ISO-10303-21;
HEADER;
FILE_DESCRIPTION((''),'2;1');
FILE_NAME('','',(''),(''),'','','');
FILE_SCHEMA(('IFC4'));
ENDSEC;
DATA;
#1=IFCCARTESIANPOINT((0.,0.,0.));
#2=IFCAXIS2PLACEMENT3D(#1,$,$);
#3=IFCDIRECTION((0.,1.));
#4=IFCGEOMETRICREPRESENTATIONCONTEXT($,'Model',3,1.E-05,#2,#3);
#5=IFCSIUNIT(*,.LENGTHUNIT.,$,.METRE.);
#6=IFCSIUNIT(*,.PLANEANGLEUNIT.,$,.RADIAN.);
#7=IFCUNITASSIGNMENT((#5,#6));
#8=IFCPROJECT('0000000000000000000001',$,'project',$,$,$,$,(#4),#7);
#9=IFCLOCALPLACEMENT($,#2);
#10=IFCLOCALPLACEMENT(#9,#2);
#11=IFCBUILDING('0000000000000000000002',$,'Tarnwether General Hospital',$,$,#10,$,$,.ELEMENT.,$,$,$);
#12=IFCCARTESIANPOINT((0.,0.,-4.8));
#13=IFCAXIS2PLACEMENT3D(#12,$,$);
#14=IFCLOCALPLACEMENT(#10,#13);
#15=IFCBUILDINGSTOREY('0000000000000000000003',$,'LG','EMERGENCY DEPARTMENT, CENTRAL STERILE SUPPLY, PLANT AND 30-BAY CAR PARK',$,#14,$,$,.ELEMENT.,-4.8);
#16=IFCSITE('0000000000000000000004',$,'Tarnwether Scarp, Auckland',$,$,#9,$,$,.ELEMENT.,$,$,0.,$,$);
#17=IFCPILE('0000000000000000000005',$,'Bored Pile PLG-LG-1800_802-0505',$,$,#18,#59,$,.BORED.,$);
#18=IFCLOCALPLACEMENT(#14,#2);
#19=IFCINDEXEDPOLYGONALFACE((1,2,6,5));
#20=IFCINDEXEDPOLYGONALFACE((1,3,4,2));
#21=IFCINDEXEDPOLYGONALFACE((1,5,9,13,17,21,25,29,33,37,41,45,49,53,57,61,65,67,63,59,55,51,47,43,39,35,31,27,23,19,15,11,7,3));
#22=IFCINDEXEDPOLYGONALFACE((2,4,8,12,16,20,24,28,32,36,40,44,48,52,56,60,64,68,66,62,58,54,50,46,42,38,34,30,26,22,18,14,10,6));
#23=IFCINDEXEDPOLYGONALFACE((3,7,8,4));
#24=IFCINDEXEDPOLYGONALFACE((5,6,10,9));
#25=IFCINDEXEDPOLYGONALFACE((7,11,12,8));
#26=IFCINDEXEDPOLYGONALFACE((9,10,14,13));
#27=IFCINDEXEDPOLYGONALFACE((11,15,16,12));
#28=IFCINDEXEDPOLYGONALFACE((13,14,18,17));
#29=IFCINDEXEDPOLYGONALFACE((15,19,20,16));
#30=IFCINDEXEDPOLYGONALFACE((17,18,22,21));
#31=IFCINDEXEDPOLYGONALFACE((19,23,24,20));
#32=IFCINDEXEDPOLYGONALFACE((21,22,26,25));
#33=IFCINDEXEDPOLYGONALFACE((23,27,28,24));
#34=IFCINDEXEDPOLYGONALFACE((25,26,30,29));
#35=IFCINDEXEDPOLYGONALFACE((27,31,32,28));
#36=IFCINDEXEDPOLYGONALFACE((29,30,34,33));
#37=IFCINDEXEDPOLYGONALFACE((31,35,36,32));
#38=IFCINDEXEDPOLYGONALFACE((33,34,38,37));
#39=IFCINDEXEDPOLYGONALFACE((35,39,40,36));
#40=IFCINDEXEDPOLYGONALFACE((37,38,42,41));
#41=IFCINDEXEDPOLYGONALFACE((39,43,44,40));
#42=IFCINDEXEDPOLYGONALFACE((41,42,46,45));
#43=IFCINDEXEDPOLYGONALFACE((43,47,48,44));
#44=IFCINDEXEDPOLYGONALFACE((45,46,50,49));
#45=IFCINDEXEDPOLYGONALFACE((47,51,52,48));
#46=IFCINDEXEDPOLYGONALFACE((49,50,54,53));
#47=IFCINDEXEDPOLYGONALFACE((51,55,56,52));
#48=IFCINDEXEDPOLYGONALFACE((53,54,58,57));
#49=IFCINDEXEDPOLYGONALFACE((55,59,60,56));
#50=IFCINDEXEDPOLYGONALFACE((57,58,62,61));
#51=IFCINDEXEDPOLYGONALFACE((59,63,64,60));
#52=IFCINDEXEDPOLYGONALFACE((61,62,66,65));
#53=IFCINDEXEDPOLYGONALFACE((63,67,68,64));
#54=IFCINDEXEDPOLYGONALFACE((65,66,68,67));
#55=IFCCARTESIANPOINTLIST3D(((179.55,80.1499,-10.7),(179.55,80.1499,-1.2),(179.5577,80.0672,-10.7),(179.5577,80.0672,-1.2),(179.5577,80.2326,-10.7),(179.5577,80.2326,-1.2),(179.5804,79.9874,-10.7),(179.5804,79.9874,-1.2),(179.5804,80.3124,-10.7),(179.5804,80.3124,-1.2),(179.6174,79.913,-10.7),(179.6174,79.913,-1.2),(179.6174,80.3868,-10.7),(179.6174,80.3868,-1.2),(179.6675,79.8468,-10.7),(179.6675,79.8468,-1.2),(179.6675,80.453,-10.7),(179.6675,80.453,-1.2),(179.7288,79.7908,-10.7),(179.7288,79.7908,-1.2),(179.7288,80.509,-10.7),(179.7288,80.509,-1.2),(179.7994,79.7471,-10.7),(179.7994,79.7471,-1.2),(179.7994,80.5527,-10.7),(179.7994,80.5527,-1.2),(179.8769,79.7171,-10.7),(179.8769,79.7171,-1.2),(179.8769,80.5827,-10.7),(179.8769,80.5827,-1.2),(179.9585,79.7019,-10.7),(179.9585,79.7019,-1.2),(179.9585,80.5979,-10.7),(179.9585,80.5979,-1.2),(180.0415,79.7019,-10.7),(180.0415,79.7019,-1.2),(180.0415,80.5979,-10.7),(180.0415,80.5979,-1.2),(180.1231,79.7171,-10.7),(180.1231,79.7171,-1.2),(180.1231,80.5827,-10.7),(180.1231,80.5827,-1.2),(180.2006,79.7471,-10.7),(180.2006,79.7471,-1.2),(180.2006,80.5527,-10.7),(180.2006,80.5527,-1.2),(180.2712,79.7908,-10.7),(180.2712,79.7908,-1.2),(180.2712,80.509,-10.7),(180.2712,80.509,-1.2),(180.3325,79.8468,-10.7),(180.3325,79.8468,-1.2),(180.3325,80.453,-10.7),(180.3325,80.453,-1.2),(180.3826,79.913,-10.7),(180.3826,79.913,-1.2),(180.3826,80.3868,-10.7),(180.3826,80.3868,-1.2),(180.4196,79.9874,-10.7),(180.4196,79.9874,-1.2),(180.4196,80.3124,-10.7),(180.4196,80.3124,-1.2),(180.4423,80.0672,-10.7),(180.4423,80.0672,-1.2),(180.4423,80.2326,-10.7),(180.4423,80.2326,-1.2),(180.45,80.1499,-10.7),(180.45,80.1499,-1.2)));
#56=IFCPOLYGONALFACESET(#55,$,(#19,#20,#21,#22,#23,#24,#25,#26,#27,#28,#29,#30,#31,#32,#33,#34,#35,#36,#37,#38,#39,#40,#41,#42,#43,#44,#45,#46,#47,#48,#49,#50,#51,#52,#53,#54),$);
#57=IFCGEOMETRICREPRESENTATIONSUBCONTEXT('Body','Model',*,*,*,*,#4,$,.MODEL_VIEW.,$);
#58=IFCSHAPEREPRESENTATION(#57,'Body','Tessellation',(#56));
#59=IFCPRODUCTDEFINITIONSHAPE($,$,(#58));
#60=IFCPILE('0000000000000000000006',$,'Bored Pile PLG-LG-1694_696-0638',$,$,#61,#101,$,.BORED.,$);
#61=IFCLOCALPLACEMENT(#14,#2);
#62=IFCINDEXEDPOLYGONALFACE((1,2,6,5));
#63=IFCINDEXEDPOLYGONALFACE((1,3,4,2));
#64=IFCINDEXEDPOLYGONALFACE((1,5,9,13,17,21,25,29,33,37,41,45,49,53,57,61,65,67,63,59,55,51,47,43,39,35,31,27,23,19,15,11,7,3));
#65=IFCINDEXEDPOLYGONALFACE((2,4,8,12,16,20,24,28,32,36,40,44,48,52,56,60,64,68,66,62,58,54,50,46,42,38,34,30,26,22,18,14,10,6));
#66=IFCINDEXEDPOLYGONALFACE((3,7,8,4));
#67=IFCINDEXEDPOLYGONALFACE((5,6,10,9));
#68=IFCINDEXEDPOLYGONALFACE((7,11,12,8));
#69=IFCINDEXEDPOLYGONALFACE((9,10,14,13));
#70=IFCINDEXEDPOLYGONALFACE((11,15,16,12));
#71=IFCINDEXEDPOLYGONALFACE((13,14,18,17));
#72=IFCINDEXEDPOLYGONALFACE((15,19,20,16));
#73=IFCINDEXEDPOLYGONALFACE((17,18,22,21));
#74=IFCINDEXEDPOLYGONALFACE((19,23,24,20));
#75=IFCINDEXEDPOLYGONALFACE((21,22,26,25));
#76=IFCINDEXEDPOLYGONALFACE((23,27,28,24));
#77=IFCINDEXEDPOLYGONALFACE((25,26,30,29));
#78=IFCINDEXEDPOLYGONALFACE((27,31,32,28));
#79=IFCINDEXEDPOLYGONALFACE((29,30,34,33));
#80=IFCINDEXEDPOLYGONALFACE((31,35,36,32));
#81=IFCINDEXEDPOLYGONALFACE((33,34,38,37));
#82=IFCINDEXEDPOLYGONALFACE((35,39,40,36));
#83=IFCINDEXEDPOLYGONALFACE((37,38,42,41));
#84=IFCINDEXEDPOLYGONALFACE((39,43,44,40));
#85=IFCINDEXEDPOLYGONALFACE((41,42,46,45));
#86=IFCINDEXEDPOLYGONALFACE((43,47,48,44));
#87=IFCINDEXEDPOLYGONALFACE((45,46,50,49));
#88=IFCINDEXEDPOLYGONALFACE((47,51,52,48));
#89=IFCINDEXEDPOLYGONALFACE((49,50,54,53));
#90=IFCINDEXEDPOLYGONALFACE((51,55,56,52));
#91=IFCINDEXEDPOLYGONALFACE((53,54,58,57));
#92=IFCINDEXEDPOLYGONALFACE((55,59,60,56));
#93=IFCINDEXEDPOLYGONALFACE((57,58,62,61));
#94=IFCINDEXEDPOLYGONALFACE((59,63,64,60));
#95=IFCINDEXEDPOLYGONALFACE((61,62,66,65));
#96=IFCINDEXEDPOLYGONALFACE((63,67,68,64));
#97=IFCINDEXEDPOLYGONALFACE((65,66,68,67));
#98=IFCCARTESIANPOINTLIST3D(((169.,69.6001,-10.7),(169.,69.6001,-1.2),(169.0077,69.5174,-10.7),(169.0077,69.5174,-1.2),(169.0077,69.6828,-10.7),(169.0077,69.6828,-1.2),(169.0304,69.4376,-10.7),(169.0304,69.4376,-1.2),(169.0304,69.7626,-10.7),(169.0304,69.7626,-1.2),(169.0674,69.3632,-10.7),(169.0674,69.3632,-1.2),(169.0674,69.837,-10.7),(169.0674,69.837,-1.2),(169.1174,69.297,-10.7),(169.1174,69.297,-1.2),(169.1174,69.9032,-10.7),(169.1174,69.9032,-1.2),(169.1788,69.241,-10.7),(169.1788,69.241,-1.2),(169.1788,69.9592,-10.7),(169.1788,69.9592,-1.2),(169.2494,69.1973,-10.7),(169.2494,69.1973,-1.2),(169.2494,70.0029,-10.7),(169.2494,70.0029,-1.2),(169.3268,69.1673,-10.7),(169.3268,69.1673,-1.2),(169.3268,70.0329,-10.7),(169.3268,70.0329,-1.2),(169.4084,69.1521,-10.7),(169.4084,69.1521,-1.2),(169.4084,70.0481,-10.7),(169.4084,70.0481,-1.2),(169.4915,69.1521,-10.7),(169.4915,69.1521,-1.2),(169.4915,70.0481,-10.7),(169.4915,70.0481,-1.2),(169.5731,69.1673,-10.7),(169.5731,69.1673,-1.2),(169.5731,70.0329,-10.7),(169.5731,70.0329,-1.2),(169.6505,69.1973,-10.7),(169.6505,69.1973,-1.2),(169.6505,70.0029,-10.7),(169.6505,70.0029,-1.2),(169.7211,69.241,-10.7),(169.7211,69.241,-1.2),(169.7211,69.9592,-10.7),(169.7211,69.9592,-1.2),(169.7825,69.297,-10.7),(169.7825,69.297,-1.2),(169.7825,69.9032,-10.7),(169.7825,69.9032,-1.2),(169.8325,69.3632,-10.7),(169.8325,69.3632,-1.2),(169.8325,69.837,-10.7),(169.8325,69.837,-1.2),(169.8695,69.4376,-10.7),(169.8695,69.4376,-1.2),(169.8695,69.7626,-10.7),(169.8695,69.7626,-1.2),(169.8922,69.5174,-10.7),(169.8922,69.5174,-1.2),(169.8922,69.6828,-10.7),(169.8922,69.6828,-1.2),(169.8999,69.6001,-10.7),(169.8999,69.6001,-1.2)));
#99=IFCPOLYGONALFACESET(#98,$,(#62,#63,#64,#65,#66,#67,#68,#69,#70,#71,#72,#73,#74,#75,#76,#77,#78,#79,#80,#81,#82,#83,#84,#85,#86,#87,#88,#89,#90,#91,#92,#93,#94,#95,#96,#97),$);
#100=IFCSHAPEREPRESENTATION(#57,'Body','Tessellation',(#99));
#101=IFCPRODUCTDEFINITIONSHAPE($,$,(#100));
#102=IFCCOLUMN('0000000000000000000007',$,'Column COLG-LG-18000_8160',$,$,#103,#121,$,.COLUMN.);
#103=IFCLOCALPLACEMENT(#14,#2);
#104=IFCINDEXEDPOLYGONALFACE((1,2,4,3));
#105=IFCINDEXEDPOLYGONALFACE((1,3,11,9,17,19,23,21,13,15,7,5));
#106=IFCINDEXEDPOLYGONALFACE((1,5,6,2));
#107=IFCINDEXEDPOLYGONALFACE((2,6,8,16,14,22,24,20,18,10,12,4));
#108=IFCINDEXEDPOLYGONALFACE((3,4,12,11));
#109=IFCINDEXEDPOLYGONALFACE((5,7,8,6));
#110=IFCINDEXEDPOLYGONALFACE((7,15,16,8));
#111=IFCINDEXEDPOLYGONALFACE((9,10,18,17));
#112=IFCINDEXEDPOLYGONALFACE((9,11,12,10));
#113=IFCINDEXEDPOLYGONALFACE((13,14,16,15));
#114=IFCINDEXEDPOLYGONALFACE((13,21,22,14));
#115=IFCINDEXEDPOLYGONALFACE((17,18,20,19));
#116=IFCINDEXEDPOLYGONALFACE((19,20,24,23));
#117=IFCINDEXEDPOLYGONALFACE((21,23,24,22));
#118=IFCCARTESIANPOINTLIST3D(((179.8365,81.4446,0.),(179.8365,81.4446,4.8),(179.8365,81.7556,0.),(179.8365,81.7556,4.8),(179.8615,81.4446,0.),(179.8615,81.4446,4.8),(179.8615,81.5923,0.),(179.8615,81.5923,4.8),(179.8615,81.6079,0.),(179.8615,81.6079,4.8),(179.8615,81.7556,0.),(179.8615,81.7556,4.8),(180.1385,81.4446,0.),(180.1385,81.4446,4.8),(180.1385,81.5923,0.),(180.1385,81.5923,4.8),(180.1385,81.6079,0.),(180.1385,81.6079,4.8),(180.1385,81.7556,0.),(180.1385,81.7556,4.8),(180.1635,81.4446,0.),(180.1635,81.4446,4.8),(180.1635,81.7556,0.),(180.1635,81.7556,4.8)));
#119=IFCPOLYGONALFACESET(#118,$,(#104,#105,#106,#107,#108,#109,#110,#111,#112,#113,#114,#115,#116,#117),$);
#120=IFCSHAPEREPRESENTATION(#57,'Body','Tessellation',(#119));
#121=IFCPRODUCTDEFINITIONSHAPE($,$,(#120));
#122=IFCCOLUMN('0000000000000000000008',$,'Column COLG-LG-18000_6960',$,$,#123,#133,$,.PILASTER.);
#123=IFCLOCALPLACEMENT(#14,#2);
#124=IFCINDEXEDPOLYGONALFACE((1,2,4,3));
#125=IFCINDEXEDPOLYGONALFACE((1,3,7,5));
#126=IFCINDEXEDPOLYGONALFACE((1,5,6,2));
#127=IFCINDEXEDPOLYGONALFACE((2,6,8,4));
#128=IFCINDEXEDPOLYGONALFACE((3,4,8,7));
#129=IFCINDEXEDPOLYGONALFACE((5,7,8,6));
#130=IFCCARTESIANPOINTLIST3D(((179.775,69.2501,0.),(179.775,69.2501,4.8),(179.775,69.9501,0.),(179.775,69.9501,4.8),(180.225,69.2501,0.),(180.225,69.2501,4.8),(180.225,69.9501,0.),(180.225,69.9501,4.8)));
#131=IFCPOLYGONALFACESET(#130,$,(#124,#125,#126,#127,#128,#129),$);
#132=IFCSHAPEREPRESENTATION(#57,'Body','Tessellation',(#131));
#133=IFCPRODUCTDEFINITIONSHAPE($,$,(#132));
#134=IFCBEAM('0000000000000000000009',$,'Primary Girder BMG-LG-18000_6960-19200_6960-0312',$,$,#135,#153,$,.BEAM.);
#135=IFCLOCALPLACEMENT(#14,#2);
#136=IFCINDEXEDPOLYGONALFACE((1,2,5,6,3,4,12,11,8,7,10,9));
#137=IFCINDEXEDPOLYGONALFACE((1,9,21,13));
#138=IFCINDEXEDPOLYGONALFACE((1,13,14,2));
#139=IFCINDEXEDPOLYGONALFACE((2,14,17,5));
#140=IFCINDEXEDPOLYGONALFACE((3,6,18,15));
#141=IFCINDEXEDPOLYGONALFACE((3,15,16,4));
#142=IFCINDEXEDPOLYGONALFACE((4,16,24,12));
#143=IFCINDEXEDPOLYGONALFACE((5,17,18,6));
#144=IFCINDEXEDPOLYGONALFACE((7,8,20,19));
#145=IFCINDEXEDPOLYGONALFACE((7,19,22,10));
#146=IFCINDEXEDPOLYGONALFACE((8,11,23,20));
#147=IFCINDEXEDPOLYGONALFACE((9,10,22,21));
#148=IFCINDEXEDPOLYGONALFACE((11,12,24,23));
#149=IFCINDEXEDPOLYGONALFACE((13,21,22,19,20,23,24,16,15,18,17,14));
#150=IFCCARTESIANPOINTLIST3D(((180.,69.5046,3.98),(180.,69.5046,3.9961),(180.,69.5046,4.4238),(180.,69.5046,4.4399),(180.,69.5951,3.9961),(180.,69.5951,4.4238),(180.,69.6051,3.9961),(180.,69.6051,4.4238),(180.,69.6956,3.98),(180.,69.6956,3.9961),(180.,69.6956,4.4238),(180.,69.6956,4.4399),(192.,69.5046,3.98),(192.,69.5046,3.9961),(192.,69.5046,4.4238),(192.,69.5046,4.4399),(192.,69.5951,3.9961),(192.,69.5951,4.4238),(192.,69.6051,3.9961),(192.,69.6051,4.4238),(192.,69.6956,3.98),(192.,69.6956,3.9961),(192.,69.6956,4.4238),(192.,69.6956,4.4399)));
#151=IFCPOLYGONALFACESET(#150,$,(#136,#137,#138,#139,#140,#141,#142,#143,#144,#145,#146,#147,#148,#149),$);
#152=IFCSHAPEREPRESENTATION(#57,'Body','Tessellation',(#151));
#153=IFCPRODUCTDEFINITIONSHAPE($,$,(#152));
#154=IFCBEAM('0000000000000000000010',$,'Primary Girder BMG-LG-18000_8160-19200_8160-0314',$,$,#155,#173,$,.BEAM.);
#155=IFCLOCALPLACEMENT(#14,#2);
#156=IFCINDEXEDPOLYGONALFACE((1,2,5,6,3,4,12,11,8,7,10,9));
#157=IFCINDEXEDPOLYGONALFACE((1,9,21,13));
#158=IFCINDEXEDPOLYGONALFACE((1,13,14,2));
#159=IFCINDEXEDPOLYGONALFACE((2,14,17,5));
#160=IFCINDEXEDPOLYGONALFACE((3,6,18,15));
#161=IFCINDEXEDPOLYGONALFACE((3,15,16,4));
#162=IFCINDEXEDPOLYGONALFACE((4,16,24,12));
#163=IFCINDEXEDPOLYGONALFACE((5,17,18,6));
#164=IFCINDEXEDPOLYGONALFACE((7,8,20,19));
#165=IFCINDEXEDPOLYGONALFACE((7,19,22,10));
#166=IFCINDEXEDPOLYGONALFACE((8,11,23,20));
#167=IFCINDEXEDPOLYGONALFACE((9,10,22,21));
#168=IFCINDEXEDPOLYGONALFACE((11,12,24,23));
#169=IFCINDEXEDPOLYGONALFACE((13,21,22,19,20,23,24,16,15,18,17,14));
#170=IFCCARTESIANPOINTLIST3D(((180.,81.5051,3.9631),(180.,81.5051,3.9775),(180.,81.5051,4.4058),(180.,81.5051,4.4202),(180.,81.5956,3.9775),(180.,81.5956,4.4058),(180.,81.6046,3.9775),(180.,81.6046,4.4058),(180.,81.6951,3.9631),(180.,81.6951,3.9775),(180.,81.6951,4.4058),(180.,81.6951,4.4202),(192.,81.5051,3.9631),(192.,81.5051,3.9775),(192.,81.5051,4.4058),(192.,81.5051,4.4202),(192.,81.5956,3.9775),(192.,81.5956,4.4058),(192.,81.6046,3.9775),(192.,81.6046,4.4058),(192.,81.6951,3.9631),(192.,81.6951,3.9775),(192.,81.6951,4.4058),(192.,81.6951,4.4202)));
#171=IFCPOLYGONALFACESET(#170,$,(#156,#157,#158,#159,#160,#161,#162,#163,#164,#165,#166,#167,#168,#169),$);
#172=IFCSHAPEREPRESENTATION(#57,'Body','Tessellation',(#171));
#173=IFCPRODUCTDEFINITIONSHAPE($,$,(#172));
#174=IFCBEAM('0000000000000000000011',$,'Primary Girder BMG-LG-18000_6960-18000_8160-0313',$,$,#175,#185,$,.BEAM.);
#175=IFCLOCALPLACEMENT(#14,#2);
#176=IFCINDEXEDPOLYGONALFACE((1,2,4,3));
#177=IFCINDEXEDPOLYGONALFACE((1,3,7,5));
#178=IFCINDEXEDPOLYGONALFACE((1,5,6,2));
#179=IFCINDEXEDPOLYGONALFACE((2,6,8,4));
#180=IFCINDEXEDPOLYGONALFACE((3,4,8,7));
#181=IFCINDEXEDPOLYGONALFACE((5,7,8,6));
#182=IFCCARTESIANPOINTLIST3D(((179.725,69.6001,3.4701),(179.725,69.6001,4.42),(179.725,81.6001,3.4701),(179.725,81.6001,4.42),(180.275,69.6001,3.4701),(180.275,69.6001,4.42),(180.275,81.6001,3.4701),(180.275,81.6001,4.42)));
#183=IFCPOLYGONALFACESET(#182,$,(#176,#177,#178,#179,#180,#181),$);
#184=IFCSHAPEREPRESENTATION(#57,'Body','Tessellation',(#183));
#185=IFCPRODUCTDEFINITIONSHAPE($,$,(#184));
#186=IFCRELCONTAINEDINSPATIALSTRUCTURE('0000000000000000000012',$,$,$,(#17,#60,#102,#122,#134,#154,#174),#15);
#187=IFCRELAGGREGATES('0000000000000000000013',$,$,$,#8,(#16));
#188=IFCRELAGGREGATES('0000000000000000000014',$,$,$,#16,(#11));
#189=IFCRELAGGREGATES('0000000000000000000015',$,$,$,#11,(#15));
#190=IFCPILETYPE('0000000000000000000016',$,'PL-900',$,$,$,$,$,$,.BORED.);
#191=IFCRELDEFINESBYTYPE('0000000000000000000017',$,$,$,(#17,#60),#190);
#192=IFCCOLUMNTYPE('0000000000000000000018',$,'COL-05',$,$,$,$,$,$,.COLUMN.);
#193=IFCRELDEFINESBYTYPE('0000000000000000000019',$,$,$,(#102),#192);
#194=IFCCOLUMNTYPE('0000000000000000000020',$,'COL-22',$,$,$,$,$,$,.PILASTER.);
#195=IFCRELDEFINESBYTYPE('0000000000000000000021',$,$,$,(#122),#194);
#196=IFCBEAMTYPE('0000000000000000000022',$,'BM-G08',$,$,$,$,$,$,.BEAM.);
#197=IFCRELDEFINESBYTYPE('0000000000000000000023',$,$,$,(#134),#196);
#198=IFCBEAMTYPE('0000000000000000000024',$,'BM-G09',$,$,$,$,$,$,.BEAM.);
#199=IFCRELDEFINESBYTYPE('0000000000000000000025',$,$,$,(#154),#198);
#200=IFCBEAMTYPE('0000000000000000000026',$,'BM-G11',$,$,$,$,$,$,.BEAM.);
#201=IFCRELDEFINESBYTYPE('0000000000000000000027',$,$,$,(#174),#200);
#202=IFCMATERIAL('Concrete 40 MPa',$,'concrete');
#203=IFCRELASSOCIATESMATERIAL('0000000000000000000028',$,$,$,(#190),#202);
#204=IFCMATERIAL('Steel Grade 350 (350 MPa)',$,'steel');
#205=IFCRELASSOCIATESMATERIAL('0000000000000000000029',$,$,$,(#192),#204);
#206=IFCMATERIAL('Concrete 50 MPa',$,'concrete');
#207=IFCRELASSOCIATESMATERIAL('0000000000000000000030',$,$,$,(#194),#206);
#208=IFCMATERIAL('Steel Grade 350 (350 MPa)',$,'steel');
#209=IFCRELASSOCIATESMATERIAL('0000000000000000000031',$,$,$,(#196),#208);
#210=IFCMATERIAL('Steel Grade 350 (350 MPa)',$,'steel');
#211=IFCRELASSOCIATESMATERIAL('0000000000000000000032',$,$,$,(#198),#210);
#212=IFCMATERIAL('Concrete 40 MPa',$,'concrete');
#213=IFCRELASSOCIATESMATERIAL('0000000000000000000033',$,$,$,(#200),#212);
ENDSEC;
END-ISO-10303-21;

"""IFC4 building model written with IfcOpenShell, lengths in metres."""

from ifc_helpers import new_model, si_unit, direction, frame, origin, origin_2d, place, context, subcontext, project, spatial, rectangle, circle, i_section, extrude, material, material_profile, profile_set, type_object, element, save


model = new_model("IFC4")

# Units and contexts
model_context = context("Model", 3, precision=1e-05, world=origin(), true_north=direction((0.0, 1.0)))
body_context = subcontext(model_context, "Body", "Model", "MODEL_VIEW")
ifc_project = project(units=[si_unit("LENGTHUNIT", "METRE"), si_unit("PLANEANGLEUNIT", "RADIAN")], contexts=[model_context])

# Site, building, storey
site_placement = place(None, origin())
site = spatial("IfcSite", under=ifc_project, at=site_placement, Name="Tarnwether Scarp, Auckland", CompositionType="ELEMENT", RefElevation=0.0)
building_placement = place(site_placement, origin())
building = spatial("IfcBuilding", under=site, at=building_placement, Name="Tarnwether General Hospital", CompositionType="ELEMENT")
storey_placement = place(building_placement, frame((0.0, 0.0, -4.8)))
storey = spatial("IfcBuildingStorey", under=building, at=storey_placement, Name="LG", Description="EMERGENCY DEPARTMENT, CENTRAL STERILE SUPPLY, PLANT AND 30-BAY CAR PARK", CompositionType="ELEMENT", Elevation=-4.8)

# Piles
ifc_material_1 = material(Name="Concrete 40 MPa", Category="concrete")
ifc_material_profile_1 = material_profile(ifc_material_1, circle(Radius=0.45, at=origin_2d()), Name="PILE-D900")
ifc_profile_set_1 = profile_set([ifc_material_profile_1], Name="Concrete 40 MPa")
pile_type_1 = type_object("IfcPileType", Name="PL-900", PredefinedType="BORED", material=ifc_profile_set_1)
for number, where, z_axis, x_axis, name in (
    (1, (180.0, 80.1499, -1.2), (0.0, 0.0, -1.0), (1.0, 0.0, 0.0), "Bored Pile PLG-LG-1800_802-0505"),
    (2, (169.45, 69.6001, -1.2), (0.0, 0.0, -1.0), (1.0, 0.0, 0.0), "Bored Pile PLG-LG-1694_696-0638"),
):
    element("IfcPile", number, at=place(storey_placement, frame(where, z_axis=z_axis, x_axis=x_axis)), inside=storey, type_object=pile_type_1, Name=name, PredefinedType="BORED", context=body_context, shape_type="SweptSolid", body=[
        extrude(circle(Radius=0.45, at=origin_2d()), origin(), (0.0, 0.0, 1.0), 9.5),
    ])

# Columns
ifc_material_2 = material(Name="Steel Grade 350 (350 MPa)", Category="steel")
ifc_material_profile_2 = material_profile(ifc_material_2, i_section(OverallWidth=0.311, OverallDepth=0.3269, WebThickness=0.0156, FlangeThickness=0.0249, at=origin_2d()), Name="310UC158")
ifc_profile_set_2 = profile_set([ifc_material_profile_2], Name="Steel Grade 350 (350 MPa)")
column_type_1 = type_object("IfcColumnType", Name="COL-05", PredefinedType="COLUMN", material=ifc_profile_set_2)
column_1_placement = place(storey_placement, frame((180.0, 81.6001, 0.0), z_axis=(0.0, 0.0, 1.0), x_axis=(0.0, 1.0, 0.0)))
element("IfcColumn", 3, at=column_1_placement, inside=storey, type_object=column_type_1, Name="Column COLG-LG-18000_8160", PredefinedType="COLUMN", context=body_context, shape_type="SweptSolid", body=[
    extrude(i_section(OverallWidth=0.311, OverallDepth=0.3269, WebThickness=0.0156, FlangeThickness=0.0249, at=origin_2d()), origin(), (0.0, 0.0, 1.0), 4.8),
])
ifc_material_3 = material(Name="Concrete 50 MPa", Category="concrete")
ifc_material_profile_3 = material_profile(ifc_material_3, rectangle(XDim=0.45, YDim=0.7, at=origin_2d()), Name="RC-PIL-450x700")
ifc_profile_set_3 = profile_set([ifc_material_profile_3], Name="Concrete 50 MPa")
column_type_2 = type_object("IfcColumnType", Name="COL-22", PredefinedType="PILASTER", material=ifc_profile_set_3)
column_2_placement = place(storey_placement, frame((180.0, 69.6001, 0.0), z_axis=(0.0, 0.0, 1.0), x_axis=(1.0, 0.0, 0.0)))
element("IfcColumn", 4, at=column_2_placement, inside=storey, type_object=column_type_2, Name="Column COLG-LG-18000_6960", PredefinedType="PILASTER", context=body_context, shape_type="SweptSolid", body=[
    extrude(rectangle(XDim=0.45, YDim=0.7, at=origin_2d()), origin(), (0.0, 0.0, 1.0), 4.8),
])

# Beams
ifc_material_4 = material(Name="Steel Grade 350 (350 MPa)", Category="steel")
ifc_material_profile_4 = material_profile(ifc_material_4, i_section(OverallWidth=0.1909, OverallDepth=0.46, WebThickness=0.01, FlangeThickness=0.0161, at=origin_2d()), Name="460UB82.1")
ifc_profile_set_4 = profile_set([ifc_material_profile_4], Name="Steel Grade 350 (350 MPa)")
beam_type_1 = type_object("IfcBeamType", Name="BM-G08", PredefinedType="BEAM", material=ifc_profile_set_4)
beam_1_placement = place(storey_placement, frame((180.0, 69.6001, 4.21), z_axis=(1.0, 0.0, 0.0), x_axis=(0.0, 1.0, 0.0)))
element("IfcBeam", 5, at=beam_1_placement, inside=storey, type_object=beam_type_1, Name="Primary Girder BMG-LG-18000_6960-19200_6960-0312", PredefinedType="BEAM", context=body_context, shape_type="SweptSolid", body=[
    extrude(i_section(OverallWidth=0.1909, OverallDepth=0.46, WebThickness=0.01, FlangeThickness=0.0161, at=origin_2d()), origin(), (0.0, 0.0, 1.0), 12.0),
])
ifc_material_5 = material(Name="Steel Grade 350 (350 MPa)", Category="steel")
ifc_material_profile_5 = material_profile(ifc_material_5, i_section(OverallWidth=0.1899, OverallDepth=0.457, WebThickness=0.009, FlangeThickness=0.0144, at=origin_2d()), Name="460UB74.6")
ifc_profile_set_5 = profile_set([ifc_material_profile_5], Name="Steel Grade 350 (350 MPa)")
beam_type_2 = type_object("IfcBeamType", Name="BM-G09", PredefinedType="BEAM", material=ifc_profile_set_5)
beam_2_placement = place(storey_placement, frame((180.0, 81.6001, 4.1917), z_axis=(1.0, 0.0, 0.0), x_axis=(0.0, 1.0, 0.0)))
element("IfcBeam", 6, at=beam_2_placement, inside=storey, type_object=beam_type_2, Name="Primary Girder BMG-LG-18000_8160-19200_8160-0314", PredefinedType="BEAM", context=body_context, shape_type="SweptSolid", body=[
    extrude(i_section(OverallWidth=0.1899, OverallDepth=0.457, WebThickness=0.009, FlangeThickness=0.0144, at=origin_2d()), origin(), (0.0, 0.0, 1.0), 12.0),
])
ifc_material_6 = material(Name="Concrete 40 MPa", Category="concrete")
ifc_material_profile_6 = material_profile(ifc_material_6, rectangle(XDim=0.55, YDim=0.95, at=origin_2d()), Name="RC-BM-550x950")
ifc_profile_set_6 = profile_set([ifc_material_profile_6], Name="Concrete 40 MPa")
beam_type_3 = type_object("IfcBeamType", Name="BM-G11", PredefinedType="BEAM", material=ifc_profile_set_6)
beam_3_placement = place(storey_placement, frame((180.0, 69.6001, 3.9451), z_axis=(0.0, 1.0, 0.0), x_axis=(-1.0, 0.0, 0.0)))
element("IfcBeam", 7, at=beam_3_placement, inside=storey, type_object=beam_type_3, Name="Primary Girder BMG-LG-18000_6960-18000_8160-0313", PredefinedType="BEAM", context=body_context, shape_type="SweptSolid", body=[
    extrude(rectangle(XDim=0.55, YDim=0.95, at=origin_2d()), origin(), (0.0, 0.0, 1.0), 12.0),
])

save(model, "model.ifc")
